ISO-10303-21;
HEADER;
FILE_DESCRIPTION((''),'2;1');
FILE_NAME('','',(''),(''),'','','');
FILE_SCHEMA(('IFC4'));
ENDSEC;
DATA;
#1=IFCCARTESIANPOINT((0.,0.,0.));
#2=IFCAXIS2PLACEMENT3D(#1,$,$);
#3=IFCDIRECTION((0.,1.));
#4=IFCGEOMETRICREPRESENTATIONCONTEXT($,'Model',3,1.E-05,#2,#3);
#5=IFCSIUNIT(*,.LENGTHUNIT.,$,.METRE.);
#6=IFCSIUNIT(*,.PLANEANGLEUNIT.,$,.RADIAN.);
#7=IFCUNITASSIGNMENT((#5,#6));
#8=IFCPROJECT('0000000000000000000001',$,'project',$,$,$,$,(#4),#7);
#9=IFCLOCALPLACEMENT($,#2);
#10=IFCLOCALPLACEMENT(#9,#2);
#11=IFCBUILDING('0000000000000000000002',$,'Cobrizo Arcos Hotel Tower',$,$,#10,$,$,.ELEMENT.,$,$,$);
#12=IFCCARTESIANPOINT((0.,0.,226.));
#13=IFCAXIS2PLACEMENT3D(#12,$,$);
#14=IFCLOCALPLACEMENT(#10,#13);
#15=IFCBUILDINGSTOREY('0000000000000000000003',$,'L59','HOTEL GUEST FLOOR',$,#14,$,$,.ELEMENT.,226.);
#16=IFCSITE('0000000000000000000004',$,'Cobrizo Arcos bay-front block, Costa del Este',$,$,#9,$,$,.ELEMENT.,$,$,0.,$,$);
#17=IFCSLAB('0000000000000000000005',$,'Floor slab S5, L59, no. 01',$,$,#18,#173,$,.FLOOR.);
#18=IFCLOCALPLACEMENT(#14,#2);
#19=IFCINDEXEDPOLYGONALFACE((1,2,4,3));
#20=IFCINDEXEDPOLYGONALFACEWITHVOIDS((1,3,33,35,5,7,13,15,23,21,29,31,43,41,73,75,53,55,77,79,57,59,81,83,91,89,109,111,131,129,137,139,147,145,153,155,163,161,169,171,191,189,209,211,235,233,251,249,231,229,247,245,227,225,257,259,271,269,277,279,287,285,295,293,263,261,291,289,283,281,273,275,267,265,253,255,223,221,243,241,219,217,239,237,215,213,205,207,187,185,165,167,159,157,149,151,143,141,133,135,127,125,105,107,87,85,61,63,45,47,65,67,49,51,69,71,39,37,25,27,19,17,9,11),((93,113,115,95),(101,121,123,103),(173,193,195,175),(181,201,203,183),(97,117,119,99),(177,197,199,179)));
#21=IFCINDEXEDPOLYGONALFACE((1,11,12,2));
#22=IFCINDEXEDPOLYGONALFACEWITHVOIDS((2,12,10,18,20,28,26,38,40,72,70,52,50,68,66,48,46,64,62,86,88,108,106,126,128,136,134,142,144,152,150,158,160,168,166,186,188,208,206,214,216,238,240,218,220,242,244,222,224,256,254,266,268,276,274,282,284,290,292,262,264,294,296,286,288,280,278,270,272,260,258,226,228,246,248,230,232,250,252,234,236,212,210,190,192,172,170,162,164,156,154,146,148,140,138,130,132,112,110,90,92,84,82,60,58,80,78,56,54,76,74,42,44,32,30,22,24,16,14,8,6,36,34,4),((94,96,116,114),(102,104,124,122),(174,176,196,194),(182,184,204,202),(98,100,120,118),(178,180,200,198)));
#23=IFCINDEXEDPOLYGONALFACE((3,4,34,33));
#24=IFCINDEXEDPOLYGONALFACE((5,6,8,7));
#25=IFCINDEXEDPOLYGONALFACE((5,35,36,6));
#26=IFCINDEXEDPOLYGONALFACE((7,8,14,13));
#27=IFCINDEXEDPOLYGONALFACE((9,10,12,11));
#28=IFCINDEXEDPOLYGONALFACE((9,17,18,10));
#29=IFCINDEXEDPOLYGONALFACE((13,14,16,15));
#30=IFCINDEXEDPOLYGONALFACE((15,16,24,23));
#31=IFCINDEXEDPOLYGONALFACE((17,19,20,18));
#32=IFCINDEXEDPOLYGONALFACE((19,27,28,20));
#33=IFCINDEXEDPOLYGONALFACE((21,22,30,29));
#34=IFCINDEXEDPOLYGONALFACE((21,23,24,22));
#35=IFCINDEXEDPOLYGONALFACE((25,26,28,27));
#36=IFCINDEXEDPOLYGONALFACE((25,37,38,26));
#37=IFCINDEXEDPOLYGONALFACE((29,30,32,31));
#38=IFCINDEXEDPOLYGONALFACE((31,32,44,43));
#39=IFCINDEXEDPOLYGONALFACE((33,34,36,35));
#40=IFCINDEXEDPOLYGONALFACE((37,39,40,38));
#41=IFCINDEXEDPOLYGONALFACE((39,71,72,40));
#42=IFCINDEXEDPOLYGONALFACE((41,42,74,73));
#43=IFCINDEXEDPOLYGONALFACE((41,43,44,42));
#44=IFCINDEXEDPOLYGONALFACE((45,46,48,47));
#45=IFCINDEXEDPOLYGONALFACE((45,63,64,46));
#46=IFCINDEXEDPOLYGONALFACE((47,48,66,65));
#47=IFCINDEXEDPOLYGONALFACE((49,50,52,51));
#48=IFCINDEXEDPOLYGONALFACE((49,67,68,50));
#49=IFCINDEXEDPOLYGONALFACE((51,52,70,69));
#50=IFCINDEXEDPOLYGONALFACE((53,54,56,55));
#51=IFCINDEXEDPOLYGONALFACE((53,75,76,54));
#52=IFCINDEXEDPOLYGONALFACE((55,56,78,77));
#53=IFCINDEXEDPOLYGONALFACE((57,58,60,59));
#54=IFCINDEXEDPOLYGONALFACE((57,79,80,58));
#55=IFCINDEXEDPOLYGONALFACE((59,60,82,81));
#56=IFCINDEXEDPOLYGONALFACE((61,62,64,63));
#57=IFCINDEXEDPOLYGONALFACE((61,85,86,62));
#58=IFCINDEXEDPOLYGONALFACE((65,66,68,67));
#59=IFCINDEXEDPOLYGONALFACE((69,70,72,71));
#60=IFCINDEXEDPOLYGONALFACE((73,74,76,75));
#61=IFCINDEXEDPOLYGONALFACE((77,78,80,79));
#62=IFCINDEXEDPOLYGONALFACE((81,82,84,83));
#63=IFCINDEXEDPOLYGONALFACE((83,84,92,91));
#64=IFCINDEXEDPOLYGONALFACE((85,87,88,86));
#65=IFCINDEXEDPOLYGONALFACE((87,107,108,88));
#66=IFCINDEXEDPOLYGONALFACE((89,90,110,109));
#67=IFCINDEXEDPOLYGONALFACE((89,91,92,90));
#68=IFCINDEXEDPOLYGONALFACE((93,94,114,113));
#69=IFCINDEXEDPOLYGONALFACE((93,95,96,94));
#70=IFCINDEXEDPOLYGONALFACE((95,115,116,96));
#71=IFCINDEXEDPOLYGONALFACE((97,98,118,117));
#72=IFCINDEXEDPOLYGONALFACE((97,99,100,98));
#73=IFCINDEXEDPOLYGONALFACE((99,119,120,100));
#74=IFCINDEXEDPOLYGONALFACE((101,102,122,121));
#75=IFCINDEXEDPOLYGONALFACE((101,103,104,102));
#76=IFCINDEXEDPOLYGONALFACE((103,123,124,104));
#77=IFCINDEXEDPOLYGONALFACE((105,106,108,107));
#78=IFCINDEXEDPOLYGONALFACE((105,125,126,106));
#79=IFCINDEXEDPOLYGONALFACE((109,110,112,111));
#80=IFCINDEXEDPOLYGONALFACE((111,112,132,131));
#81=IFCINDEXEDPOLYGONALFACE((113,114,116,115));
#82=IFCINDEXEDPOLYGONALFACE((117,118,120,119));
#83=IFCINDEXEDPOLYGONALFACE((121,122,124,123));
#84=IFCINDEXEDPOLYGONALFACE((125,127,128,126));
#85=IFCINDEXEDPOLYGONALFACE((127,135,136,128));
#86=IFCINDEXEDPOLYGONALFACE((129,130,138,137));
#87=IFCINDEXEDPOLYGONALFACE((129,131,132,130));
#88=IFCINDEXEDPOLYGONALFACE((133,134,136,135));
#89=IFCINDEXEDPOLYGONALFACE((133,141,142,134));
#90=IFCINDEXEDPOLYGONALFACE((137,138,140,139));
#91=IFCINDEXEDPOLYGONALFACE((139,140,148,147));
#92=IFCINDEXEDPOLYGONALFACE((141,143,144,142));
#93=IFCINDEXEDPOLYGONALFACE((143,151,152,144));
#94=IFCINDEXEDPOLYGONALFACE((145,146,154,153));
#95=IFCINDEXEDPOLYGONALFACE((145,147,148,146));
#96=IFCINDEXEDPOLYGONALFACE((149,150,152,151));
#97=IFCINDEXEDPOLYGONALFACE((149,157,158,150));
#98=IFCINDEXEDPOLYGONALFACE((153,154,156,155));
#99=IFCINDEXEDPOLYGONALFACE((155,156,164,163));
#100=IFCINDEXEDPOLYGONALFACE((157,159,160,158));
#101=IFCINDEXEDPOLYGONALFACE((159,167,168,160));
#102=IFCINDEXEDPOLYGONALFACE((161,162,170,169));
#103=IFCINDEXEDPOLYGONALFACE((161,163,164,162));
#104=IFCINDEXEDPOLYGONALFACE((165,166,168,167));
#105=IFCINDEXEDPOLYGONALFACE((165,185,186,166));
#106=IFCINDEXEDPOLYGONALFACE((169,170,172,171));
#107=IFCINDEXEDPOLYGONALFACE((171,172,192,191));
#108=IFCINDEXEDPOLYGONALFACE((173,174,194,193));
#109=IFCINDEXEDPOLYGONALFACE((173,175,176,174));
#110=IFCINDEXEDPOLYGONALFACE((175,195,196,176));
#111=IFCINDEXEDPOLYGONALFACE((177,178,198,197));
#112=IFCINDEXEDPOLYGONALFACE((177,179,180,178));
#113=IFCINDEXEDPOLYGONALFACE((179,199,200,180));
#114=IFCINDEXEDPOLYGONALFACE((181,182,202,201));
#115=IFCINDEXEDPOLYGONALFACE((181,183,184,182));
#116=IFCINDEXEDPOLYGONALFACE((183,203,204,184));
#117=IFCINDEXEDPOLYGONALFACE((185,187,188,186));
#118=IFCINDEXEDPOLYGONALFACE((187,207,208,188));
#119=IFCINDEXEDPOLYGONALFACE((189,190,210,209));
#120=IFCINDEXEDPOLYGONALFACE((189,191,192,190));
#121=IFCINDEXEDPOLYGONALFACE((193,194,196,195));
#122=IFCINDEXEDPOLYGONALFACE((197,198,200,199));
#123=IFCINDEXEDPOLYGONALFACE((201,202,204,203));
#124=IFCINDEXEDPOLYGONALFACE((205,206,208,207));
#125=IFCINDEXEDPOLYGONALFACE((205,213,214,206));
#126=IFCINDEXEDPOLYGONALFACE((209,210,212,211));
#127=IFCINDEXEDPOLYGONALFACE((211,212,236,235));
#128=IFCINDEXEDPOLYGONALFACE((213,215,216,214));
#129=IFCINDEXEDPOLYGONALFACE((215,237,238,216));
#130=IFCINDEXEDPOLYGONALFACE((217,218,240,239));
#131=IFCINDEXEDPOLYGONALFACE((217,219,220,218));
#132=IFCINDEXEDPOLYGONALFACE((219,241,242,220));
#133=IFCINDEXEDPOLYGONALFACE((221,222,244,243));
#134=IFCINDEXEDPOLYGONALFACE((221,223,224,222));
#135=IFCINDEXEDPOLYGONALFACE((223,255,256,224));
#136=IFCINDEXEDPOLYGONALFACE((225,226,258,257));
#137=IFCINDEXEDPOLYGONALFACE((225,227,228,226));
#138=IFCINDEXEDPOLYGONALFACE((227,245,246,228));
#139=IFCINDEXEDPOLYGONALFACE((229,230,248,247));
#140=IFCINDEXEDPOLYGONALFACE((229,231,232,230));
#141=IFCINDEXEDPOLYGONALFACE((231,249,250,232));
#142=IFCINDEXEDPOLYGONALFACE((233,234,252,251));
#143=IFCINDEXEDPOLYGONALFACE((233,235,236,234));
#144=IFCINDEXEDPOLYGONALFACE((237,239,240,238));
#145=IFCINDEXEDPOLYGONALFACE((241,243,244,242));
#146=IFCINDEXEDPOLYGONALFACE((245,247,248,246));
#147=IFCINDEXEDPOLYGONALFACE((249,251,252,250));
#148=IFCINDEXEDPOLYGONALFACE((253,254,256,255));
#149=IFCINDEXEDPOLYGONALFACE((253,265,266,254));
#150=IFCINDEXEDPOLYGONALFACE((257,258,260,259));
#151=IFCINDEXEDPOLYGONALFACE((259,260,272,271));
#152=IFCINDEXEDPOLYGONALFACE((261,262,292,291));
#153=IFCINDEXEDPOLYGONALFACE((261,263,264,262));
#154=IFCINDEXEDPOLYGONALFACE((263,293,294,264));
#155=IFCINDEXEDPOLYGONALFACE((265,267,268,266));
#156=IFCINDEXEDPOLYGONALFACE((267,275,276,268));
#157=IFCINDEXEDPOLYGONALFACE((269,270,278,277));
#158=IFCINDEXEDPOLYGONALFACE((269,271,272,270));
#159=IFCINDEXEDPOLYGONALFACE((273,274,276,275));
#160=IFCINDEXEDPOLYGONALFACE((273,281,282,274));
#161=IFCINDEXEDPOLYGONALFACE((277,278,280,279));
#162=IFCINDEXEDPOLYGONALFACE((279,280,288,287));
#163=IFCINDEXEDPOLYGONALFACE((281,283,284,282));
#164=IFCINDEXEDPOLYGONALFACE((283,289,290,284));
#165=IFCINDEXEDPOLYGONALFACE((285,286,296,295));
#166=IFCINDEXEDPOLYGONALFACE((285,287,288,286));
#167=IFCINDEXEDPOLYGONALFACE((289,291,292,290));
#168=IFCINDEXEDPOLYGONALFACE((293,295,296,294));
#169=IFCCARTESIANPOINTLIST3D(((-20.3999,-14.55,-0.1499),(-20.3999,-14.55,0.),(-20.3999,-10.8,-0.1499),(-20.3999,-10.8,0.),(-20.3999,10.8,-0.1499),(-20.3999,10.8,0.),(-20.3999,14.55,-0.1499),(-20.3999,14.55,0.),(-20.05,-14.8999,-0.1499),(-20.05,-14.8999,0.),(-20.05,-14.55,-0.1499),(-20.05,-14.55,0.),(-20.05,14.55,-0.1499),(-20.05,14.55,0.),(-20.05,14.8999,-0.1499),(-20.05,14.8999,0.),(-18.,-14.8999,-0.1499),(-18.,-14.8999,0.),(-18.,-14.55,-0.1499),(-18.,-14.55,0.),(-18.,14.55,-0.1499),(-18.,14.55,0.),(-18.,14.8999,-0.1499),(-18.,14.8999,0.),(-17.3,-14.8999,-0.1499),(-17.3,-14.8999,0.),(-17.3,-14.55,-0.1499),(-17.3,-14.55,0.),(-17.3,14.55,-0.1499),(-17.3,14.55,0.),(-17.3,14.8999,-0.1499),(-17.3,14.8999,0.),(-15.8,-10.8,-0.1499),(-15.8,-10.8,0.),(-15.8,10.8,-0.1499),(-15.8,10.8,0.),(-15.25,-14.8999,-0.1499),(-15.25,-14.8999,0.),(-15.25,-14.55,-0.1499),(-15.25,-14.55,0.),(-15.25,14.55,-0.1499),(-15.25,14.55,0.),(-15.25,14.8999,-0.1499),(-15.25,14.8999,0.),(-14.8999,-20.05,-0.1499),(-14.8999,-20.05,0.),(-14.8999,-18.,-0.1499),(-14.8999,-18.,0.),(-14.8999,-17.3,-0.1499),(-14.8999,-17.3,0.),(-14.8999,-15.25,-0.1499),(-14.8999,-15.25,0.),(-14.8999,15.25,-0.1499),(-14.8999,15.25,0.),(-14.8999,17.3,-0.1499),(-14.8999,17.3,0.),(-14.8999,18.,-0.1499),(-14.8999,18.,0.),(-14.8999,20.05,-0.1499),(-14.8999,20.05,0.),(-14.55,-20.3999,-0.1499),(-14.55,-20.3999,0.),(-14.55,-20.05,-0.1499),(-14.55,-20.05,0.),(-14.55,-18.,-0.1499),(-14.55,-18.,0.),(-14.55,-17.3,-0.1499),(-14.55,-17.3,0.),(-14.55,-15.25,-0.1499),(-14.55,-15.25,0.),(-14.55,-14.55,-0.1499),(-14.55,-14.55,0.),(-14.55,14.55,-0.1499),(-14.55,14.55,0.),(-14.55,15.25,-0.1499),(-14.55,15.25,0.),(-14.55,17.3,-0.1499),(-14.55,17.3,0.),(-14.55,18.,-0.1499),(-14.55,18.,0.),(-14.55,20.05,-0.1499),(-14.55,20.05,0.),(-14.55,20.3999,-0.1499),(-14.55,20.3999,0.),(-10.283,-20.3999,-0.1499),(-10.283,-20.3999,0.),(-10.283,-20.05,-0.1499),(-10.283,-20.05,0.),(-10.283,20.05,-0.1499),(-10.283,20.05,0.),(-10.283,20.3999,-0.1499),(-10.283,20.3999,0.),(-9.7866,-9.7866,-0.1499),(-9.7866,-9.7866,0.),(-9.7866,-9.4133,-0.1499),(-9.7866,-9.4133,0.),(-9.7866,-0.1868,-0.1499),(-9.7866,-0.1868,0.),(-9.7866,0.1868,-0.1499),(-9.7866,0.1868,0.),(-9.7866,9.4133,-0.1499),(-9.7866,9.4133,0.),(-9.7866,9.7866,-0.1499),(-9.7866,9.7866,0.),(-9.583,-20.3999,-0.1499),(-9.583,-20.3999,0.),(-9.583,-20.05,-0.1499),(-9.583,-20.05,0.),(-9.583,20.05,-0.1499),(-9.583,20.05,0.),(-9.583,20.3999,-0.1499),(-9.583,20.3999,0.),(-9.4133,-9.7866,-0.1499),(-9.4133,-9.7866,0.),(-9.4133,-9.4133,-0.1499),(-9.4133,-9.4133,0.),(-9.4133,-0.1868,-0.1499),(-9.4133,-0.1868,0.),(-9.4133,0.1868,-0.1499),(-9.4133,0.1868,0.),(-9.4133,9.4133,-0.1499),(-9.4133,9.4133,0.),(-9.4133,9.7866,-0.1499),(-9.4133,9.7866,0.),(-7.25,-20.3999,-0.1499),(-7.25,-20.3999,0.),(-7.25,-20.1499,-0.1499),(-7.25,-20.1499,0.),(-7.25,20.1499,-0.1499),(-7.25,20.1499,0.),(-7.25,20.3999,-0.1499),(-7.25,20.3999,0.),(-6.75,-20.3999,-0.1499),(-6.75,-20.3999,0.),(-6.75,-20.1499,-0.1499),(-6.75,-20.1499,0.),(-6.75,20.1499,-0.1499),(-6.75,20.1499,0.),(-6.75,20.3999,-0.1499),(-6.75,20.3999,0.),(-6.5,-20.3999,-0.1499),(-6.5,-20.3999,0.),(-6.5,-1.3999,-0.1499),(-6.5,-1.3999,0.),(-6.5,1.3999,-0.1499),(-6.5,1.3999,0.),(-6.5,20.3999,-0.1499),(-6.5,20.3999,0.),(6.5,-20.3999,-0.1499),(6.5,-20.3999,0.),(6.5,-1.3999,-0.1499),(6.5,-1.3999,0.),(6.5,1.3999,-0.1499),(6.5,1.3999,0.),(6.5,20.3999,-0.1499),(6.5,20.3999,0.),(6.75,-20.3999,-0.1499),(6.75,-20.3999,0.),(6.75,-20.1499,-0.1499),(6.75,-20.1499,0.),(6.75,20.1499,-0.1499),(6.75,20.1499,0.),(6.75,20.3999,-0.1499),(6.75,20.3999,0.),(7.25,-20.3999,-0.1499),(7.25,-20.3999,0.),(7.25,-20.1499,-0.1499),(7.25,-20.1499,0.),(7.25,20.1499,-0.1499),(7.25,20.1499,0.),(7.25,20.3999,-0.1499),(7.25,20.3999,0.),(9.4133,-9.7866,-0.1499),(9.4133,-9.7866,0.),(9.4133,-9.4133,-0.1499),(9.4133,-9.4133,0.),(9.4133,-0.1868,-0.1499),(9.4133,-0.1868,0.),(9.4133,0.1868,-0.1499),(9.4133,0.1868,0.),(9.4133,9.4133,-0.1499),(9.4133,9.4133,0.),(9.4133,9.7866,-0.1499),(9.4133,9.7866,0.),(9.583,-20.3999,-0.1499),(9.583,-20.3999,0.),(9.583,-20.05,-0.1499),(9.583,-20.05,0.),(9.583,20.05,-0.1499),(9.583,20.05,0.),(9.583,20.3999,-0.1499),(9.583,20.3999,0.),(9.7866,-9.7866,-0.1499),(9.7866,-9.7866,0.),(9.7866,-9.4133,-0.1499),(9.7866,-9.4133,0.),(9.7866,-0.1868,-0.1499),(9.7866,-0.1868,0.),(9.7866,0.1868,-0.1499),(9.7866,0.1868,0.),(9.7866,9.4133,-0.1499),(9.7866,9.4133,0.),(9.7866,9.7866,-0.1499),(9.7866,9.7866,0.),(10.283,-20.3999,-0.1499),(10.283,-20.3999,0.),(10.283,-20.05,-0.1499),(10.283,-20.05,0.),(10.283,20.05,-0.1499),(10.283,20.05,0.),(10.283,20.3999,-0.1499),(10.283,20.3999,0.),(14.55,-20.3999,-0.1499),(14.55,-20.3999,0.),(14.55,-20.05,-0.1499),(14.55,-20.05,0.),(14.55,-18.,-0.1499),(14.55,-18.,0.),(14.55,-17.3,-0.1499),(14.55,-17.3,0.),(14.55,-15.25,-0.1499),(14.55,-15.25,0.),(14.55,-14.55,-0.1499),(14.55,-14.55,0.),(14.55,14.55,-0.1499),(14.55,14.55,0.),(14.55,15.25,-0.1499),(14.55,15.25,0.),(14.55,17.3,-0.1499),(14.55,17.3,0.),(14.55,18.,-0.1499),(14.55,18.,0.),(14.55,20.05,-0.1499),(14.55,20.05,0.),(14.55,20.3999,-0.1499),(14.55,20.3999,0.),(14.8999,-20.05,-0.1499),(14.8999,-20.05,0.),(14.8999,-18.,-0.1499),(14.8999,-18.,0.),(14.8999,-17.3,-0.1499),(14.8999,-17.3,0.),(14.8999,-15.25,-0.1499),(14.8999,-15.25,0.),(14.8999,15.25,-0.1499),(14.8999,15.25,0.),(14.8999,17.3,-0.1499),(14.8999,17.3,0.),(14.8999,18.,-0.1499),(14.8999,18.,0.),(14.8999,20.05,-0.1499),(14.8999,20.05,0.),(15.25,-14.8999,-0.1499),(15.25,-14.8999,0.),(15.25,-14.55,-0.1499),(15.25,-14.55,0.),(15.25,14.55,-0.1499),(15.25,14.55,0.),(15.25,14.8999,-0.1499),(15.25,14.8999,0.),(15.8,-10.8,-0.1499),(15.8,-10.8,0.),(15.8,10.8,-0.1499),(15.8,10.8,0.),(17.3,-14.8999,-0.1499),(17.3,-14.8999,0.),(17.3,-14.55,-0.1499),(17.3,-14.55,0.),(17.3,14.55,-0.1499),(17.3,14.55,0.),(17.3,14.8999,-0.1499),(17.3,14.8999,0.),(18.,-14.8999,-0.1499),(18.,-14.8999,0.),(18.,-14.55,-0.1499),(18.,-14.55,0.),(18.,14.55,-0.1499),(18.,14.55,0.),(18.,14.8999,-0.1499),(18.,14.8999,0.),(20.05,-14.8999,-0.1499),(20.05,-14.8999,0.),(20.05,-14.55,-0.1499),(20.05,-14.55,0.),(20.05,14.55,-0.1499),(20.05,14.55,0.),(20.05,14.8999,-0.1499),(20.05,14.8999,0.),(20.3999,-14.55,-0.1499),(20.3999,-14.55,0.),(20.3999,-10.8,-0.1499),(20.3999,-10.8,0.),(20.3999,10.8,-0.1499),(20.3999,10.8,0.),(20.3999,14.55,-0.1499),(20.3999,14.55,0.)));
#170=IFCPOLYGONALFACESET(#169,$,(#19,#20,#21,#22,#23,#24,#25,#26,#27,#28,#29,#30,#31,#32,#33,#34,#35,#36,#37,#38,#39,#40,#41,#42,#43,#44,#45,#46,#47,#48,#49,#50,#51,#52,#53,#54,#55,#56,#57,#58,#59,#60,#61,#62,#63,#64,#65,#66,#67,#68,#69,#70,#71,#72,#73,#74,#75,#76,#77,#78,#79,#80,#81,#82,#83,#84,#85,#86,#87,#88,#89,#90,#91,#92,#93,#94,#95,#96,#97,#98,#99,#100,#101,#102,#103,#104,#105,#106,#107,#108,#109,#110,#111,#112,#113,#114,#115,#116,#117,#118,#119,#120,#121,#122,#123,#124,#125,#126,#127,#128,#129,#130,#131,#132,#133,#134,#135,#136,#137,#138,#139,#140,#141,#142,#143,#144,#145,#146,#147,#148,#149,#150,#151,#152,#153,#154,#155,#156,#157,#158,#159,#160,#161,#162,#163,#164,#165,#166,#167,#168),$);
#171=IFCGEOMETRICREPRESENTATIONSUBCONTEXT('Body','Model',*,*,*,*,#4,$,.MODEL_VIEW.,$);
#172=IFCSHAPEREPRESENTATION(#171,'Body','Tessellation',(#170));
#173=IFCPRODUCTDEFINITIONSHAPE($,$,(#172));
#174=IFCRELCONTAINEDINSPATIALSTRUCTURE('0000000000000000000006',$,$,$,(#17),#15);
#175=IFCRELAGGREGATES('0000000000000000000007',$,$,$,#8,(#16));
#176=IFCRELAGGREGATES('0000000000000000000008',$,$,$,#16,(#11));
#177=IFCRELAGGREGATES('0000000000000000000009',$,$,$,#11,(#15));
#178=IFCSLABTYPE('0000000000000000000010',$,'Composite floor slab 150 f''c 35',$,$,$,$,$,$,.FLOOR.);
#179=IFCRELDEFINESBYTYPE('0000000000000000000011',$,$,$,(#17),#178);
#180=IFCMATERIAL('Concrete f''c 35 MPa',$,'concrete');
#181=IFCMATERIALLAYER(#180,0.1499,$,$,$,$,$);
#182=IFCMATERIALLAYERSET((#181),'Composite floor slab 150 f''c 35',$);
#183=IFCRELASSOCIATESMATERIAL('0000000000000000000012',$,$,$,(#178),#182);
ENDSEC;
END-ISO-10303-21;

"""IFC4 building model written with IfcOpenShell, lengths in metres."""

from ifc_helpers import new_model, si_unit, direction, frame, origin, place, context, subcontext, project, spatial, polyline, outline, extrude, material, layer, layer_set, type_object, element, save


model = new_model("IFC4")

# Units and contexts
model_context = context("Model", 3, precision=1e-05, world=origin(), true_north=direction((0.0, 1.0)))
body_context = subcontext(model_context, "Body", "Model", "MODEL_VIEW")
ifc_project = project(units=[si_unit("LENGTHUNIT", "METRE"), si_unit("PLANEANGLEUNIT", "RADIAN")], contexts=[model_context])

# Site, building, storey
site_placement = place(None, origin())
site = spatial("IfcSite", under=ifc_project, at=site_placement, Name="Cobrizo Arcos bay-front block, Costa del Este", CompositionType="ELEMENT", RefElevation=0.0)
building_placement = place(site_placement, origin())
building = spatial("IfcBuilding", under=site, at=building_placement, Name="Cobrizo Arcos Hotel Tower", CompositionType="ELEMENT")
storey_placement = place(building_placement, frame((0.0, 0.0, 226.0)))
storey = spatial("IfcBuildingStorey", under=building, at=storey_placement, Name="L59", Description="HOTEL GUEST FLOOR", CompositionType="ELEMENT", Elevation=226.0)

# Slab
ifc_material_1 = material(Name="Concrete f'c 35 MPa", Category="concrete")
ifc_layer_1 = layer(ifc_material_1, 0.1499)
ifc_layer_set_1 = layer_set([ifc_layer_1], Name="Composite floor slab 150 f'c 35")
slab_type_1 = type_object("IfcSlabType", Name="Composite floor slab 150 f'c 35", PredefinedType="FLOOR", material=ifc_layer_set_1)
slab_1_placement = place(storey_placement, frame((0.0, 0.0, -0.1499)))
element("IfcSlab", 1, at=slab_1_placement, inside=storey, type_object=slab_type_1, Name="Floor slab S5, L59, no. 01", PredefinedType="FLOOR", context=body_context, shape_type="SweptSolid", body=[
    extrude(outline(polyline([(17.3, 14.8999), (17.3, 14.55), (18.0, 14.55), (18.0, 14.8999), (20.05, 14.8999), (20.05, 14.55), (20.3999, 14.55), (20.3999, 10.8), (15.8, 10.8), (15.8, -10.8), (20.3999, -10.8), (20.3999, -14.55), (20.05, -14.55), (20.05, -14.8999), (18.0, -14.8999), (18.0, -14.55), (17.3, -14.55), (17.3, -14.8999), (15.25, -14.8999), (15.25, -14.55), (14.55, -14.55), (14.55, -15.25), (14.8999, -15.25), (14.8999, -17.3), (14.55, -17.3), (14.55, -18.0), (14.8999, -18.0), (14.8999, -20.05), (14.55, -20.05), (14.55, -20.3999), (10.283, -20.3999), (10.283, -20.05), (9.583, -20.05), (9.583, -20.3999), (7.25, -20.3999), (7.25, -20.1499), (6.75, -20.1499), (6.75, -20.3999), (6.5, -20.3999), (6.5, -1.3999), (-6.5, -1.3999), (-6.5, -20.3999), (-6.75, -20.3999), (-6.75, -20.1499), (-7.25, -20.1499), (-7.25, -20.3999), (-9.583, -20.3999), (-9.583, -20.05), (-10.283, -20.05), (-10.283, -20.3999), (-14.55, -20.3999), (-14.55, -20.05), (-14.8999, -20.05), (-14.8999, -18.0), (-14.55, -18.0), (-14.55, -17.3), (-14.8999, -17.3), (-14.8999, -15.25), (-14.55, -15.25), (-14.55, -14.55), (-15.25, -14.55), (-15.25, -14.8999), (-17.3, -14.8999), (-17.3, -14.55), (-18.0, -14.55), (-18.0, -14.8999), (-20.05, -14.8999), (-20.05, -14.55), (-20.3999, -14.55), (-20.3999, -10.8), (-15.8, -10.8), (-15.8, 10.8), (-20.3999, 10.8), (-20.3999, 14.55), (-20.05, 14.55), (-20.05, 14.8999), (-18.0, 14.8999), (-18.0, 14.55), (-17.3, 14.55), (-17.3, 14.8999), (-15.25, 14.8999), (-15.25, 14.55), (-14.55, 14.55), (-14.55, 15.25), (-14.8999, 15.25), (-14.8999, 17.3), (-14.55, 17.3), (-14.55, 18.0), (-14.8999, 18.0), (-14.8999, 20.05), (-14.55, 20.05), (-14.55, 20.3999), (-10.283, 20.3999), (-10.283, 20.05), (-9.583, 20.05), (-9.583, 20.3999), (-7.25, 20.3999), (-7.25, 20.1499), (-6.75, 20.1499), (-6.75, 20.3999), (-6.5, 20.3999), (-6.5, 1.3999), (6.5, 1.3999), (6.5, 20.3999), (6.75, 20.3999), (6.75, 20.1499), (7.25, 20.1499), (7.25, 20.3999), (9.583, 20.3999), (9.583, 20.05), (10.283, 20.05), (10.283, 20.3999), (14.55, 20.3999), (14.55, 20.05), (14.8999, 20.05), (14.8999, 18.0), (14.55, 18.0), (14.55, 17.3), (14.8999, 17.3), (14.8999, 15.25), (14.55, 15.25), (14.55, 14.55), (15.25, 14.55), (15.25, 14.8999), (17.3, 14.8999)]), holes=[polyline([(-9.7866, -9.7866), (-9.4133, -9.7866), (-9.4133, -9.4133), (-9.7866, -9.4133), (-9.7866, -9.7866)]), polyline([(-9.4133, -0.1868), (-9.4133, 0.1868), (-9.7866, 0.1868), (-9.7866, -0.1868), (-9.4133, -0.1868)]), polyline([(-9.4133, 9.4133), (-9.4133, 9.7866), (-9.7866, 9.7866), (-9.7866, 9.4133), (-9.4133, 9.4133)]), polyline([(9.4133, -9.7866), (9.7866, -9.7866), (9.7866, -9.4133), (9.4133, -9.4133), (9.4133, -9.7866)]), polyline([(9.4133, -0.1868), (9.7866, -0.1868), (9.7866, 0.1868), (9.4133, 0.1868), (9.4133, -0.1868)]), polyline([(9.7866, 9.4133), (9.7866, 9.7866), (9.4133, 9.7866), (9.4133, 9.4133), (9.7866, 9.4133)])]), origin(), (0.0, 0.0, 1.0), 0.1499),
])

save(model, "model.ifc")
